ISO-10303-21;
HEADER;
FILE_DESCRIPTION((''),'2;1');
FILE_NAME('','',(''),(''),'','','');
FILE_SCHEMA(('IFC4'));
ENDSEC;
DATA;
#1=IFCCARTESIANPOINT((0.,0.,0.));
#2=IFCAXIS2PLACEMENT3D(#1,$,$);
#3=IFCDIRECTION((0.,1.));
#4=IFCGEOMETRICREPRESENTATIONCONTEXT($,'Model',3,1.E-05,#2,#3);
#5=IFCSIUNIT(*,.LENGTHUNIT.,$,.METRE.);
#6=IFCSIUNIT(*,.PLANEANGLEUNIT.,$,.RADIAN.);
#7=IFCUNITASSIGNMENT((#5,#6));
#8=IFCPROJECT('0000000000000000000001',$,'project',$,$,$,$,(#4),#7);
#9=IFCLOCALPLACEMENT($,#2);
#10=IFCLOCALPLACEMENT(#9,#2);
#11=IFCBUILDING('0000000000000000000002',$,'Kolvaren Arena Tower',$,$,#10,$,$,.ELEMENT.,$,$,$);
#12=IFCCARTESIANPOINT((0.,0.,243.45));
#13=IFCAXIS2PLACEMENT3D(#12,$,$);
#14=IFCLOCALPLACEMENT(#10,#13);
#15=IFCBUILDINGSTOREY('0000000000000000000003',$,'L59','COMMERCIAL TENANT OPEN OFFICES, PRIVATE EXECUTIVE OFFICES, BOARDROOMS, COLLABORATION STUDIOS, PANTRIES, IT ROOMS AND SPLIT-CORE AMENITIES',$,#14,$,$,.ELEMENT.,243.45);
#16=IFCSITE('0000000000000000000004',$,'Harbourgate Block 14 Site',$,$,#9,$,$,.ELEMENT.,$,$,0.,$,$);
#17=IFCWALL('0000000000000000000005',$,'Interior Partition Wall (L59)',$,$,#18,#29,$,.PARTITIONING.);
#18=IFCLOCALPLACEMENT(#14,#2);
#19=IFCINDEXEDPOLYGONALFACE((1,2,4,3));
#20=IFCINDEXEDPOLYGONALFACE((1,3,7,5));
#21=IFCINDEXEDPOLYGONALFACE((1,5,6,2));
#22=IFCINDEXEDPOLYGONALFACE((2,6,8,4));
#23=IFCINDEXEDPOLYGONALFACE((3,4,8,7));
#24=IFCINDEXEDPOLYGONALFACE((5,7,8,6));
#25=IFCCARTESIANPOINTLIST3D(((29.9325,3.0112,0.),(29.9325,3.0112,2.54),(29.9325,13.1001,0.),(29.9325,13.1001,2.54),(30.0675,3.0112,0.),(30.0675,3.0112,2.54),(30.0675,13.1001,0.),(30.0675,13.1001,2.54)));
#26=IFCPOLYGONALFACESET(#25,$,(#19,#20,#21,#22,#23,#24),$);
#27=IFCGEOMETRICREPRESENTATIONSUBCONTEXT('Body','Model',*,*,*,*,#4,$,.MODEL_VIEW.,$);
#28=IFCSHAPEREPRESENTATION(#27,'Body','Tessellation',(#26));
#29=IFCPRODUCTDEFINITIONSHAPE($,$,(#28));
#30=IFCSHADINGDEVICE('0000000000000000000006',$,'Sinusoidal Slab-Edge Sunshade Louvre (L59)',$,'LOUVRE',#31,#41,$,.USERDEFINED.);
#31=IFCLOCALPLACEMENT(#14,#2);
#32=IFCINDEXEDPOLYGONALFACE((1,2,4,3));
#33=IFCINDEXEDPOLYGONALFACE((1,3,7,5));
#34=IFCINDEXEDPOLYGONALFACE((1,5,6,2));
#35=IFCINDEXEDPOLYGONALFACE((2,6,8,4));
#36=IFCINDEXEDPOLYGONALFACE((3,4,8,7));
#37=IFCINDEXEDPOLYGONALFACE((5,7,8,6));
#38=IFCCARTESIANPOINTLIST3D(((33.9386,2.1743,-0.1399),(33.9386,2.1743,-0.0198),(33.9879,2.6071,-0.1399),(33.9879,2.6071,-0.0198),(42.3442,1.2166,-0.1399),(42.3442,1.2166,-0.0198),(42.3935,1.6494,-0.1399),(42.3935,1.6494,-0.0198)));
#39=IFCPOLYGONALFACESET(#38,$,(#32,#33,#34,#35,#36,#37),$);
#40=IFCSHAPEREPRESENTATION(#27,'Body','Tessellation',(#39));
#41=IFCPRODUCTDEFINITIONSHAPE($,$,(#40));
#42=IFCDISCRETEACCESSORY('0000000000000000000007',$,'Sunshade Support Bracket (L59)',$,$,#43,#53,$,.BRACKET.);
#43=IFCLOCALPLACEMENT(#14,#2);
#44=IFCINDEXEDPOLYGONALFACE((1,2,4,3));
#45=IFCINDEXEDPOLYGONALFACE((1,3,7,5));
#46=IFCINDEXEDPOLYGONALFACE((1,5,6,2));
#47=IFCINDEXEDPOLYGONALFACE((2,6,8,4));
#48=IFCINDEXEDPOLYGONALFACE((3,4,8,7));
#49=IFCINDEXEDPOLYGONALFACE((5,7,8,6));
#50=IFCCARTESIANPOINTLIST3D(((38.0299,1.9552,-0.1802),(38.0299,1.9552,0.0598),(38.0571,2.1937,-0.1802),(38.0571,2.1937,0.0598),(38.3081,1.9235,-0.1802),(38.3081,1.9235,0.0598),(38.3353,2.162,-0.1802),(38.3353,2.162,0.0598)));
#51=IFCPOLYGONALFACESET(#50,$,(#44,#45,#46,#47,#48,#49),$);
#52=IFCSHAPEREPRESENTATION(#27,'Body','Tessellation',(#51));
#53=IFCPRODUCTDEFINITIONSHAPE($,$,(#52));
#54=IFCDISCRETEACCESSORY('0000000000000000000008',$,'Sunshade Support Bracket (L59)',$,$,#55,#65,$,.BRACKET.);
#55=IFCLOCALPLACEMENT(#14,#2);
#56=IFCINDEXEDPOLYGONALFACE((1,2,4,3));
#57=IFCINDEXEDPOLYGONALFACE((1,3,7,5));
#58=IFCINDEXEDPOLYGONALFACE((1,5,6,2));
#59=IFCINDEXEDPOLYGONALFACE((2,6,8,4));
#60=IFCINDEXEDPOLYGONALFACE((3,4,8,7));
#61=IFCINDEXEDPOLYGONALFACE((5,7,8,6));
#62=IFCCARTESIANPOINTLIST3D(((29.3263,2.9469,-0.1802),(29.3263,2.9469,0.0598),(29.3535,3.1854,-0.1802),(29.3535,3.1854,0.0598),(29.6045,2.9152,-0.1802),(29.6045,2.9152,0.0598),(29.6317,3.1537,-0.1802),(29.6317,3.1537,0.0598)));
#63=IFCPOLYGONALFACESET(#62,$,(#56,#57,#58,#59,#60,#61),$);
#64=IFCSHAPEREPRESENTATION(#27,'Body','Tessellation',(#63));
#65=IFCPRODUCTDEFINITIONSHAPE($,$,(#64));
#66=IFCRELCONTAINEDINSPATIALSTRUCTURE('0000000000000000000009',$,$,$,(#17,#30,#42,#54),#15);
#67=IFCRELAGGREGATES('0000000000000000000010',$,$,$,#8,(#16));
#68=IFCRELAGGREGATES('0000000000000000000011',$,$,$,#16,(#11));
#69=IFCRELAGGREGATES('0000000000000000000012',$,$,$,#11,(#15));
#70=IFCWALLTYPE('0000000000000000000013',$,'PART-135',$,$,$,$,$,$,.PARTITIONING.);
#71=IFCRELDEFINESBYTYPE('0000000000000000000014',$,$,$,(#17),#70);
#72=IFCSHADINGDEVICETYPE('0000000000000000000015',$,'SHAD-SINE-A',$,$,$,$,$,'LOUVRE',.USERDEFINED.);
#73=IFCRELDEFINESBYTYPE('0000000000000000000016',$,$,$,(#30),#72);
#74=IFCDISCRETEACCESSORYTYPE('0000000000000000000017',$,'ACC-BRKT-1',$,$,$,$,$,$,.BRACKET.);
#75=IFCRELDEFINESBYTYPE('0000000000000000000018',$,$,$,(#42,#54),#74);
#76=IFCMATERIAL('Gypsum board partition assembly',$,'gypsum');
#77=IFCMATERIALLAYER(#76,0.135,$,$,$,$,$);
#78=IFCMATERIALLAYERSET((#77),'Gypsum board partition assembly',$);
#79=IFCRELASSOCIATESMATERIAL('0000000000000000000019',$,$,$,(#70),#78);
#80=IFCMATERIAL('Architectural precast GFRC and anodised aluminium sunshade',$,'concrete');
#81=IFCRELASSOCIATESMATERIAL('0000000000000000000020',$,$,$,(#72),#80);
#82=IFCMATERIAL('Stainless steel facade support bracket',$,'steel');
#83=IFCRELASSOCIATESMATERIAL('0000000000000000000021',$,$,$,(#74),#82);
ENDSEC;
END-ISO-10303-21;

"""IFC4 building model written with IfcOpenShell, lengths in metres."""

from ifc_helpers import new_model, si_unit, direction, frame, frame_2d, origin, origin_2d, place, context, subcontext, project, spatial, rectangle, extrude, material, layer, layer_set, type_object, element, save


model = new_model("IFC4")

# Units and contexts
model_context = context("Model", 3, precision=1e-05, world=origin(), true_north=direction((0.0, 1.0)))
body_context = subcontext(model_context, "Body", "Model", "MODEL_VIEW")
ifc_project = project(units=[si_unit("LENGTHUNIT", "METRE"), si_unit("PLANEANGLEUNIT", "RADIAN")], contexts=[model_context])

# Site, building, storey
site_placement = place(None, origin())
site = spatial("IfcSite", under=ifc_project, at=site_placement, Name="Harbourgate Block 14 Site", CompositionType="ELEMENT", RefElevation=0.0)
building_placement = place(site_placement, origin())
building = spatial("IfcBuilding", under=site, at=building_placement, Name="Kolvaren Arena Tower", CompositionType="ELEMENT")
storey_placement = place(building_placement, frame((0.0, 0.0, 243.45)))
storey = spatial("IfcBuildingStorey", under=building, at=storey_placement, Name="L59", Description="COMMERCIAL TENANT OPEN OFFICES, PRIVATE EXECUTIVE OFFICES, BOARDROOMS, COLLABORATION STUDIOS, PANTRIES, IT ROOMS AND SPLIT-CORE AMENITIES", CompositionType="ELEMENT", Elevation=243.45)

# Wall
ifc_material_1 = material(Name="Gypsum board partition assembly", Category="gypsum")
ifc_layer_1 = layer(ifc_material_1, 0.135)
ifc_layer_set_1 = layer_set([ifc_layer_1], Name="Gypsum board partition assembly")
wall_type_1 = type_object("IfcWallType", Name="PART-135", PredefinedType="PARTITIONING", material=ifc_layer_set_1)
wall_1_placement = place(storey_placement, frame((30.0, 3.0112, 0.0), z_axis=(0.0, 0.0, 1.0), x_axis=(0.0, 1.0, 0.0)))
element("IfcWall", 1, at=wall_1_placement, inside=storey, type_object=wall_type_1, Name="Interior Partition Wall (L59)", PredefinedType="PARTITIONING", context=body_context, shape_type="SweptSolid", body=[
    extrude(rectangle(XDim=10.0889, YDim=0.135, at=frame_2d((5.0444, 0.0))), origin(), (0.0, 0.0, 1.0), 2.54),
])

# Shading device
ifc_material_2 = material(Name="Architectural precast GFRC and anodised aluminium sunshade", Category="concrete")
shading_device_type = type_object("IfcShadingDeviceType", Name="SHAD-SINE-A", ElementType="LOUVRE", PredefinedType="USERDEFINED", material=ifc_material_2)
shading_device_placement = place(storey_placement, frame((38.166, 1.9119, -0.1399), z_axis=(0.0, 0.0, 1.0), x_axis=(-0.993572, 0.113205, 0.0)))
element("IfcShadingDevice", 2, at=shading_device_placement, inside=storey, type_object=shading_device_type, Name="Sinusoidal Slab-Edge Sunshade Louvre (L59)", ObjectType="LOUVRE", PredefinedType="USERDEFINED", context=body_context, shape_type="SweptSolid", body=[
    extrude(rectangle(XDim=8.46, YDim=0.4355, at=origin_2d()), origin(), (0.0, 0.0, 1.0), 0.1201),
])

# Discrete accessories
ifc_material_3 = material(Name="Stainless steel facade support bracket", Category="steel")
discrete_accessory_type = type_object("IfcDiscreteAccessoryType", Name="ACC-BRKT-1", PredefinedType="BRACKET", material=ifc_material_3)
for number, where, z_axis, x_axis, name in (
    (3, (38.1826, 2.0586, -0.1802), (0.0, 0.0, 1.0), (-0.993572, 0.113205, 0.0), "Sunshade Support Bracket (L59)"),
    (4, (29.479, 3.0503, -0.1802), (0.0, 0.0, 1.0), (-0.993572, 0.113205, 0.0), "Sunshade Support Bracket (L59)"),
):
    element("IfcDiscreteAccessory", number, at=place(storey_placement, frame(where, z_axis=z_axis, x_axis=x_axis)), inside=storey, type_object=discrete_accessory_type, Name=name, PredefinedType="BRACKET", context=body_context, shape_type="SweptSolid", body=[
        extrude(rectangle(XDim=0.28, YDim=0.24, at=origin_2d()), origin(), (0.0, 0.0, 1.0), 0.24),
    ])

save(model, "model.ifc")
